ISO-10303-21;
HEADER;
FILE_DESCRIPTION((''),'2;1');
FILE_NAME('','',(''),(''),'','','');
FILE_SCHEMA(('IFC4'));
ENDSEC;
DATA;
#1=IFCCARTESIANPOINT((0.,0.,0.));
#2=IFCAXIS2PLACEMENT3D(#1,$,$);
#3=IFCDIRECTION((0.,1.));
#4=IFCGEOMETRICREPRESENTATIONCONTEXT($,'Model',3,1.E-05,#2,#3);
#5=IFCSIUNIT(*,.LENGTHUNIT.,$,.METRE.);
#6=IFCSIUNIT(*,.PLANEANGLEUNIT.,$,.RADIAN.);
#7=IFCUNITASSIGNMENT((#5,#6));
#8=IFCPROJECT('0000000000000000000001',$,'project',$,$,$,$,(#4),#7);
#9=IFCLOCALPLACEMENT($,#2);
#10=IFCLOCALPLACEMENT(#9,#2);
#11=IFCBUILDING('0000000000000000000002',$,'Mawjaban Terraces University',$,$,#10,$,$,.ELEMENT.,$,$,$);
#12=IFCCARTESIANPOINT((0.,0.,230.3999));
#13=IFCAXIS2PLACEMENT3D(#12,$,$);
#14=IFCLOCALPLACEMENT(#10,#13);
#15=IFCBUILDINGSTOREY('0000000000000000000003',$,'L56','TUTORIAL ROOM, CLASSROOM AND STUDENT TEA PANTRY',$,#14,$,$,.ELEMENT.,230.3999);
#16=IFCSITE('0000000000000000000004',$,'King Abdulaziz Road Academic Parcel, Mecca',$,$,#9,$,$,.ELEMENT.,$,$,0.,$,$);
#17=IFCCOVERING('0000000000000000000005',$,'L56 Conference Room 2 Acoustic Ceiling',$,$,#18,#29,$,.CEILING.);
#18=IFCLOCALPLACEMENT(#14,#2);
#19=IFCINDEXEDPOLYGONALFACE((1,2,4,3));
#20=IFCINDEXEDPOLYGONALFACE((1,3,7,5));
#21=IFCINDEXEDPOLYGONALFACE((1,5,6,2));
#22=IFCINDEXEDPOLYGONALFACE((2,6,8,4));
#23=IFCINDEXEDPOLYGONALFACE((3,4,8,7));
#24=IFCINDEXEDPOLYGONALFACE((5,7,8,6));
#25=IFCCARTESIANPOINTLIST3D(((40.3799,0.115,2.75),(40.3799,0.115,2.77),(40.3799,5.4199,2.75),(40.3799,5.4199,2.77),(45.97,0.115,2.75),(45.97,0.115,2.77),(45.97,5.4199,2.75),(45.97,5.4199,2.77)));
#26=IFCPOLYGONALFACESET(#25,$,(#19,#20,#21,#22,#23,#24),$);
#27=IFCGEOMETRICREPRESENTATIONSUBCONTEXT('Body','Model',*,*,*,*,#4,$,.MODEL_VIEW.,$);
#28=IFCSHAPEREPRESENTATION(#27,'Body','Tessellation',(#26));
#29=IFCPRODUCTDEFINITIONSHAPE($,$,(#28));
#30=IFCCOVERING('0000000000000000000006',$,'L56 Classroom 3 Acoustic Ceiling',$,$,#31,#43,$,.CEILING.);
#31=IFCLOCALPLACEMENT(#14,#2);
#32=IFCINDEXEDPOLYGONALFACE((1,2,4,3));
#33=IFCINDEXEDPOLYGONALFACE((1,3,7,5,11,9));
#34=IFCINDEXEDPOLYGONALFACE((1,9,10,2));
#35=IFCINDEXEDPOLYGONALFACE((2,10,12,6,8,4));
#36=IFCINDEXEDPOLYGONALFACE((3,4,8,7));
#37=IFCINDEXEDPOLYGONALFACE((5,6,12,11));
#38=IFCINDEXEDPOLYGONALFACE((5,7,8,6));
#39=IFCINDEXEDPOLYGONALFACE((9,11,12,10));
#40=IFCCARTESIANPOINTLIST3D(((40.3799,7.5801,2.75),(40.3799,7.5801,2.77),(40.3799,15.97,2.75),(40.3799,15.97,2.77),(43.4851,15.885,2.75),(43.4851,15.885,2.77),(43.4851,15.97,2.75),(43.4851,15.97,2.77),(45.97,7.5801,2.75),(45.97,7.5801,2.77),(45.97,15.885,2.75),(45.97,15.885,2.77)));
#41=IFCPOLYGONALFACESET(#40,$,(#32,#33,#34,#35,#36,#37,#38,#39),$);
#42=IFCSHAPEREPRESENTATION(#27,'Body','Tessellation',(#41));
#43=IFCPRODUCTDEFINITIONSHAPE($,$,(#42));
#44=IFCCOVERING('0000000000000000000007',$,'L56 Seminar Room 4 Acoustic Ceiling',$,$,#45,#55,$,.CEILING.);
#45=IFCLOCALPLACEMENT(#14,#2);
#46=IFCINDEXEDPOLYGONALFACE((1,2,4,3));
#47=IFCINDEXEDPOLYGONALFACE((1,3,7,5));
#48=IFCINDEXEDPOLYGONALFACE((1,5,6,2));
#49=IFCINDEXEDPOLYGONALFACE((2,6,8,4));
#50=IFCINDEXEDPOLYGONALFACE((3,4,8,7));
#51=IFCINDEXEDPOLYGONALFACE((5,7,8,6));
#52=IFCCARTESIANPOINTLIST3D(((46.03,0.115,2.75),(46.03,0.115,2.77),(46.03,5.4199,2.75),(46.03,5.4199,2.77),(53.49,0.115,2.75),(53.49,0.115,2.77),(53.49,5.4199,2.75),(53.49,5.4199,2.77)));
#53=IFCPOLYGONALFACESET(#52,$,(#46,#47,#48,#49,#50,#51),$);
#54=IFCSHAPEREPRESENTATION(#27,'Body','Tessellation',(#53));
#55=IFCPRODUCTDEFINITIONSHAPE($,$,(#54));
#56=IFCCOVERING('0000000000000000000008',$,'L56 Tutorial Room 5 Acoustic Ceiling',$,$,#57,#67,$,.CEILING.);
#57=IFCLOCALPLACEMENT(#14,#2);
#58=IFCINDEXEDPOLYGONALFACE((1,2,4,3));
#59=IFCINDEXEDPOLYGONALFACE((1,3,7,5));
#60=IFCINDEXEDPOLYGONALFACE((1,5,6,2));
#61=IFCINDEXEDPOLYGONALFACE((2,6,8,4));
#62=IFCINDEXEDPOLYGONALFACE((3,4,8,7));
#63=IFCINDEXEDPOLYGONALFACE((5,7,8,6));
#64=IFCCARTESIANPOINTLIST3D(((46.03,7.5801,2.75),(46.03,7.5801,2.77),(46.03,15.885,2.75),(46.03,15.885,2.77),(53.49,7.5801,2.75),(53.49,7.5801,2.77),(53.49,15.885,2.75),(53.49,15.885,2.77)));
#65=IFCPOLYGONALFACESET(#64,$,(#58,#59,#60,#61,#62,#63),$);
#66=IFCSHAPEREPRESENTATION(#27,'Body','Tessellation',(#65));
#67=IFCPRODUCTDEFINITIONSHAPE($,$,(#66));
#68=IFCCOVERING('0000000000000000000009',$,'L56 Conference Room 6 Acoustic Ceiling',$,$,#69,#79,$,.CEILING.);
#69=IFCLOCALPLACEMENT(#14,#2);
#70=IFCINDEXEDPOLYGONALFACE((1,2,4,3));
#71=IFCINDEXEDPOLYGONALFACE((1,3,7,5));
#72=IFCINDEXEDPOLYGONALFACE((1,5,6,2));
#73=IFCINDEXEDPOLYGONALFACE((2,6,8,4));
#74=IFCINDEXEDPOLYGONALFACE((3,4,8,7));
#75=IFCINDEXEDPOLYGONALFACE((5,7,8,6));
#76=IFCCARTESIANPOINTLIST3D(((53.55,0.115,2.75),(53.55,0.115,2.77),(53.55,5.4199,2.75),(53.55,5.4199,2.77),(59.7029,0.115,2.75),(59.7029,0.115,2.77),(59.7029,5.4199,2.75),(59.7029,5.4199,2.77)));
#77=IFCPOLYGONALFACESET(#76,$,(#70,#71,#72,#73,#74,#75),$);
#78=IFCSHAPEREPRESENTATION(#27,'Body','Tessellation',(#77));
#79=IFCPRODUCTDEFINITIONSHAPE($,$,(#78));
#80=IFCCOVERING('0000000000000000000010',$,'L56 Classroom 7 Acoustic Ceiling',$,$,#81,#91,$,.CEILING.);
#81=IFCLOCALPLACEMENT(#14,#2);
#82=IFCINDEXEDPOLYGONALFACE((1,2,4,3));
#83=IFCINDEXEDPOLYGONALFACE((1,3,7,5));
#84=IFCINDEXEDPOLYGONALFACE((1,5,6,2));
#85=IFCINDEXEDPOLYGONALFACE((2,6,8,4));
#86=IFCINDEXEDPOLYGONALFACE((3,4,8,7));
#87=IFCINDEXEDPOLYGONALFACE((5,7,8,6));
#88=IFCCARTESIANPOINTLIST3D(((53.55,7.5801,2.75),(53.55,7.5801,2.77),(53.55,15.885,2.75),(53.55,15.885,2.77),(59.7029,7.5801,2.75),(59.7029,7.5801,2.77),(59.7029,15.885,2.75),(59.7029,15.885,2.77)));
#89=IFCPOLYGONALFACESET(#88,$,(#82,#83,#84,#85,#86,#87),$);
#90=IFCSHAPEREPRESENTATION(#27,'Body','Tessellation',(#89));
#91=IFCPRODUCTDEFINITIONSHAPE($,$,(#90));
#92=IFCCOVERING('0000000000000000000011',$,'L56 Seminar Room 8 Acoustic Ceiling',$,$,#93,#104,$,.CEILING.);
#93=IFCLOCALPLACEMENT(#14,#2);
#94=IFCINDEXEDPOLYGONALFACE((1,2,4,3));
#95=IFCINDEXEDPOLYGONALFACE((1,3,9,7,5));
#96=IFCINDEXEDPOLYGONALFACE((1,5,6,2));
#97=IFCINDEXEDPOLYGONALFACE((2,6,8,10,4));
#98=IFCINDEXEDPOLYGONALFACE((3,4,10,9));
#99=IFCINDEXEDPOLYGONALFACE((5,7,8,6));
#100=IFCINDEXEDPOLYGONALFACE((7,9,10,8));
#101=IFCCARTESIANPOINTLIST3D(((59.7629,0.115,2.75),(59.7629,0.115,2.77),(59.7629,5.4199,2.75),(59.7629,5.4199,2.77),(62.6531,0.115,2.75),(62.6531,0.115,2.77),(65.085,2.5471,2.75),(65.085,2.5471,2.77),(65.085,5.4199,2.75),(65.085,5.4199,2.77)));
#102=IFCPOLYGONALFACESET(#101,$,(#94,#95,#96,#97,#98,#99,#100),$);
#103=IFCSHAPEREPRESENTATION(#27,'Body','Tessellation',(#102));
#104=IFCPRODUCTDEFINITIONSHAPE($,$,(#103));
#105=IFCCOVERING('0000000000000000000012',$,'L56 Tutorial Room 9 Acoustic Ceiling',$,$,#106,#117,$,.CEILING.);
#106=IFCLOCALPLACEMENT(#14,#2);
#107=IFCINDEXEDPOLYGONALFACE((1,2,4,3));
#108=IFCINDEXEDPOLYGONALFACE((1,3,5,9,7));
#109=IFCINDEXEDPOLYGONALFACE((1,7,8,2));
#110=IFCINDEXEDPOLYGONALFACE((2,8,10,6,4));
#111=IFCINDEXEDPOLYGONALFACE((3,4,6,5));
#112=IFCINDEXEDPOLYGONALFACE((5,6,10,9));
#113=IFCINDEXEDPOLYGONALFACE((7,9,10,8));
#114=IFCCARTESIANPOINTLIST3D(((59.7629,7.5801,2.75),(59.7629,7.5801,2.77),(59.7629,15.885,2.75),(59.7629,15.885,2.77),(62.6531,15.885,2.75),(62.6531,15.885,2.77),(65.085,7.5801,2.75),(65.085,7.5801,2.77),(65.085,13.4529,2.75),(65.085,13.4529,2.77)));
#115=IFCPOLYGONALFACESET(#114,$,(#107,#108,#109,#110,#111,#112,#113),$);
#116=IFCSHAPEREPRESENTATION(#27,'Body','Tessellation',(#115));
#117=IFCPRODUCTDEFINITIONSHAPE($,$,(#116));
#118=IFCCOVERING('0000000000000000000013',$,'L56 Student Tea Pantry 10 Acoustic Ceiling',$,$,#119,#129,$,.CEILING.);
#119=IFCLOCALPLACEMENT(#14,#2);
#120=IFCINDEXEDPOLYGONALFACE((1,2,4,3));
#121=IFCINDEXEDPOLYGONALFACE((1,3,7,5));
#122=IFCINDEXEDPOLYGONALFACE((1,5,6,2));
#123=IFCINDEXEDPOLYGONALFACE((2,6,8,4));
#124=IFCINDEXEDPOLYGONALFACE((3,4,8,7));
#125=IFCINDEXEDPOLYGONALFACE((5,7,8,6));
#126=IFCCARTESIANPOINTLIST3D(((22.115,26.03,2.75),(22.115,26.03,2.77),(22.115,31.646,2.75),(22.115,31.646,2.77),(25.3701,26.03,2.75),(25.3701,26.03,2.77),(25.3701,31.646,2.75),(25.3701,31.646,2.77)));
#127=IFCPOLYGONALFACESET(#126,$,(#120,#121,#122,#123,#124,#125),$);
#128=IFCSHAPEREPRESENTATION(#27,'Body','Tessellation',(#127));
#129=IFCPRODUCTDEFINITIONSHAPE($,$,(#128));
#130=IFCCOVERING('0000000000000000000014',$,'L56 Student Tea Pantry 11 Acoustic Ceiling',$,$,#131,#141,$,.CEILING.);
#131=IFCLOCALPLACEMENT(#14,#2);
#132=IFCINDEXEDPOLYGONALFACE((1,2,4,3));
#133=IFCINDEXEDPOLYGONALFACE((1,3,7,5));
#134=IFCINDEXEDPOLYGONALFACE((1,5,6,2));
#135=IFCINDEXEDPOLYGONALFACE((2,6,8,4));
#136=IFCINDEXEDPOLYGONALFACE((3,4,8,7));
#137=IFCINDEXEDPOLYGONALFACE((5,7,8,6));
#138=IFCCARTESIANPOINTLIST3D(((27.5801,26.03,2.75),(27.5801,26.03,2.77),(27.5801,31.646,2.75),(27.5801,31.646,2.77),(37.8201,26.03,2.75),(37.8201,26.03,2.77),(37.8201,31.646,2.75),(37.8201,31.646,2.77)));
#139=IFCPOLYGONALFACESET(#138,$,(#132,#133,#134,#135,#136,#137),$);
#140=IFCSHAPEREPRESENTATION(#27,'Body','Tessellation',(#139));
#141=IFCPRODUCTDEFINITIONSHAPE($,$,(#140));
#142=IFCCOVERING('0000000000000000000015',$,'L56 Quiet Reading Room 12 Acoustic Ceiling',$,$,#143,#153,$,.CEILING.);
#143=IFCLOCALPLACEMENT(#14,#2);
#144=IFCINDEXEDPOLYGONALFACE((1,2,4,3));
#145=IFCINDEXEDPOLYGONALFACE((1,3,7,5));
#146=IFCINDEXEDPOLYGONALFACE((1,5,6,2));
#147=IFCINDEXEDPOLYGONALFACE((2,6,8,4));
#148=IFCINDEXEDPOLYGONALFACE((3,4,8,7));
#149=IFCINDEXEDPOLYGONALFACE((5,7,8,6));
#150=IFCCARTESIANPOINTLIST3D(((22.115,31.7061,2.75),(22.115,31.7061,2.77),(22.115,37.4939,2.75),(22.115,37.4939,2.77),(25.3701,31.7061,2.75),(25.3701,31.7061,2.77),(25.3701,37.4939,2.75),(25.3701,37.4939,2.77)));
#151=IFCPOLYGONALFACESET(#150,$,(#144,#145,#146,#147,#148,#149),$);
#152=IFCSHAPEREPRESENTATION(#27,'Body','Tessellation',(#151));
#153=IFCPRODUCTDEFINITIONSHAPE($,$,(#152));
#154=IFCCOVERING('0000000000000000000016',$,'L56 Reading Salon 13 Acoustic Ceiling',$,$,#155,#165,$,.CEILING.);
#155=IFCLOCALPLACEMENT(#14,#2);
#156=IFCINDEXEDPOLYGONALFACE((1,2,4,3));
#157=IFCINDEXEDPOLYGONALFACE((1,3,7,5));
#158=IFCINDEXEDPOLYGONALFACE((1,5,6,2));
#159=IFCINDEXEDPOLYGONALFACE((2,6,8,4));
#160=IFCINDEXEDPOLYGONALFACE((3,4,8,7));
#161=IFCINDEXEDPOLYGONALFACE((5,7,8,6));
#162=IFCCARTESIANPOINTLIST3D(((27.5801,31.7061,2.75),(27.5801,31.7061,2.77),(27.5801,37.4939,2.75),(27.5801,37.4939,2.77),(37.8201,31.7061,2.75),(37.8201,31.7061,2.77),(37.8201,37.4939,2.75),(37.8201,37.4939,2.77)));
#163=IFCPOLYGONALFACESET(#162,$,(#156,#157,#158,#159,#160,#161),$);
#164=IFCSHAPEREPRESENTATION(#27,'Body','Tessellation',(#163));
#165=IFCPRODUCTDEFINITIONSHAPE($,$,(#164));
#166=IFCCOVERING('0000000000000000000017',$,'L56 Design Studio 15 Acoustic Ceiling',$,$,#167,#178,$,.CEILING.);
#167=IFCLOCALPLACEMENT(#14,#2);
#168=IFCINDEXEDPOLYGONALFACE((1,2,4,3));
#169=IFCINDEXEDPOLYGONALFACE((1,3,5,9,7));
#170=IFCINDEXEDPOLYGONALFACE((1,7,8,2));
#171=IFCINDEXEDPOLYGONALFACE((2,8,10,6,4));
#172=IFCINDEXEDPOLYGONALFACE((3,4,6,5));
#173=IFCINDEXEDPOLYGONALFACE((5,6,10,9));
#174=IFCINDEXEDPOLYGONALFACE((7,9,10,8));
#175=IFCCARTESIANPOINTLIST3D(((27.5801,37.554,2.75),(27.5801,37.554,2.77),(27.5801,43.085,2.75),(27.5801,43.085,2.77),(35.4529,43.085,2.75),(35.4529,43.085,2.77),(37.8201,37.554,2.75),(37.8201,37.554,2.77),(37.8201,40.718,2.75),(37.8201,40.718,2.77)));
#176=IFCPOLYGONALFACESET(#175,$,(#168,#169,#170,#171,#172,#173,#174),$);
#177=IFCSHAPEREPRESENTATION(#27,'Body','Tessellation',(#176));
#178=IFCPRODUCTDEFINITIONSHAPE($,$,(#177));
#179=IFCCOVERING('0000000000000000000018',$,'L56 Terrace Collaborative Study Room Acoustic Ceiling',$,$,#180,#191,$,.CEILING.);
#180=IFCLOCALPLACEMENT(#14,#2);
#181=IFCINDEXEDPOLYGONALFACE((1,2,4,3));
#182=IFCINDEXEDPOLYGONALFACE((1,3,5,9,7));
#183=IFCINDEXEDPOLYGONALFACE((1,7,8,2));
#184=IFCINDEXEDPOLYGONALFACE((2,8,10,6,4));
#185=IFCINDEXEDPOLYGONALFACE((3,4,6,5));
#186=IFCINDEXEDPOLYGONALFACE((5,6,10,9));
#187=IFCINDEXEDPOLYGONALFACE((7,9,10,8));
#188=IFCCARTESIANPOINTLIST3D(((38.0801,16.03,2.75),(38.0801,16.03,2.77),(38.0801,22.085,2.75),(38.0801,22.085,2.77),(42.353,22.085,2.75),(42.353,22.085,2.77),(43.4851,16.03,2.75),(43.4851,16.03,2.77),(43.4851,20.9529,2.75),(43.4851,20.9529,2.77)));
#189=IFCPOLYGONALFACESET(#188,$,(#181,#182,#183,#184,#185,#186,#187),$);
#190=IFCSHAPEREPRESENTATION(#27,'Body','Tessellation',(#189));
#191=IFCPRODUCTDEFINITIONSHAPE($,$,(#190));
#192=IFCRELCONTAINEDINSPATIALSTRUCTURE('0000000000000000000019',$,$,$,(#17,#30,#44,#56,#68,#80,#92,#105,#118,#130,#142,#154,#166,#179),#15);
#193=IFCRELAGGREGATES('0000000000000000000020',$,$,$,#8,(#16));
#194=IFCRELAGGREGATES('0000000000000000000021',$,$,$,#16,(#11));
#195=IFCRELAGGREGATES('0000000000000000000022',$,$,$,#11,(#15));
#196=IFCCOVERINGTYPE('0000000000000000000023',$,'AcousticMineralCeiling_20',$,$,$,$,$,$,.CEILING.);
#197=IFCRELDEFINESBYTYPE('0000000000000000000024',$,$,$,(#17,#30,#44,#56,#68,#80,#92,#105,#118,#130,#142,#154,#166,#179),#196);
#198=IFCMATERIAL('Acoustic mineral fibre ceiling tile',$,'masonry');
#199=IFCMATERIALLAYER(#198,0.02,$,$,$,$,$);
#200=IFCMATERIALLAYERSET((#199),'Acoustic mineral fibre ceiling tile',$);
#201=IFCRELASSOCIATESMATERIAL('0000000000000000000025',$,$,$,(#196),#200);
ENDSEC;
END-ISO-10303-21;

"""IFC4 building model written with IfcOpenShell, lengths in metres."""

from ifc_helpers import new_model, si_unit, direction, frame, origin, place, context, subcontext, project, spatial, polyline, outline, extrude, material, layer, layer_set, type_object, element, save


model = new_model("IFC4")

# Units and contexts
model_context = context("Model", 3, precision=1e-05, world=origin(), true_north=direction((0.0, 1.0)))
body_context = subcontext(model_context, "Body", "Model", "MODEL_VIEW")
ifc_project = project(units=[si_unit("LENGTHUNIT", "METRE"), si_unit("PLANEANGLEUNIT", "RADIAN")], contexts=[model_context])

# Site, building, storey
site_placement = place(None, origin())
site = spatial("IfcSite", under=ifc_project, at=site_placement, Name="King Abdulaziz Road Academic Parcel, Mecca", CompositionType="ELEMENT", RefElevation=0.0)
building_placement = place(site_placement, origin())
building = spatial("IfcBuilding", under=site, at=building_placement, Name="Mawjaban Terraces University", CompositionType="ELEMENT")
storey_placement = place(building_placement, frame((0.0, 0.0, 230.3999)))
storey = spatial("IfcBuildingStorey", under=building, at=storey_placement, Name="L56", Description="TUTORIAL ROOM, CLASSROOM AND STUDENT TEA PANTRY", CompositionType="ELEMENT", Elevation=230.3999)

# Coverings
ifc_material_1 = material(Name="Acoustic mineral fibre ceiling tile", Category="masonry")
ifc_layer_1 = layer(ifc_material_1, 0.02)
ifc_layer_set_1 = layer_set([ifc_layer_1], Name="Acoustic mineral fibre ceiling tile")
covering_type_1 = type_object("IfcCoveringType", Name="AcousticMineralCeiling_20", PredefinedType="CEILING", material=ifc_layer_set_1)
covering_1_placement = place(storey_placement, frame((0.0, 0.0, 2.75)))
element("IfcCovering", 1, at=covering_1_placement, inside=storey, type_object=covering_type_1, Name="L56 Conference Room 2 Acoustic Ceiling", PredefinedType="CEILING", context=body_context, shape_type="SweptSolid", body=[
    extrude(outline(polyline([(40.3799, 0.115), (45.97, 0.115), (45.97, 5.4199), (40.3799, 5.4199), (40.3799, 0.115)])), origin(), (0.0, 0.0, 1.0), 0.02),
])
covering_2_placement = place(storey_placement, frame((0.0, 0.0, 2.75)))
element("IfcCovering", 2, at=covering_2_placement, inside=storey, type_object=covering_type_1, Name="L56 Classroom 3 Acoustic Ceiling", PredefinedType="CEILING", context=body_context, shape_type="SweptSolid", body=[
    extrude(outline(polyline([(45.97, 15.885), (43.4851, 15.885), (43.4851, 15.97), (40.3799, 15.97), (40.3799, 7.5801), (45.97, 7.5801), (45.97, 15.885)])), origin(), (0.0, 0.0, 1.0), 0.02),
])
covering_3_placement = place(storey_placement, frame((0.0, 0.0, 2.75)))
element("IfcCovering", 3, at=covering_3_placement, inside=storey, type_object=covering_type_1, Name="L56 Seminar Room 4 Acoustic Ceiling", PredefinedType="CEILING", context=body_context, shape_type="SweptSolid", body=[
    extrude(outline(polyline([(46.03, 0.115), (53.49, 0.115), (53.49, 5.4199), (46.03, 5.4199), (46.03, 0.115)])), origin(), (0.0, 0.0, 1.0), 0.02),
])
covering_4_placement = place(storey_placement, frame((0.0, 0.0, 2.75)))
element("IfcCovering", 4, at=covering_4_placement, inside=storey, type_object=covering_type_1, Name="L56 Tutorial Room 5 Acoustic Ceiling", PredefinedType="CEILING", context=body_context, shape_type="SweptSolid", body=[
    extrude(outline(polyline([(53.49, 15.885), (46.03, 15.885), (46.03, 7.5801), (53.49, 7.5801), (53.49, 15.885)])), origin(), (0.0, 0.0, 1.0), 0.02),
])
covering_5_placement = place(storey_placement, frame((0.0, 0.0, 2.75)))
element("IfcCovering", 5, at=covering_5_placement, inside=storey, type_object=covering_type_1, Name="L56 Conference Room 6 Acoustic Ceiling", PredefinedType="CEILING", context=body_context, shape_type="SweptSolid", body=[
    extrude(outline(polyline([(53.55, 0.115), (59.7029, 0.115), (59.7029, 5.4199), (53.55, 5.4199), (53.55, 0.115)])), origin(), (0.0, 0.0, 1.0), 0.02),
])
covering_6_placement = place(storey_placement, frame((0.0, 0.0, 2.75)))
element("IfcCovering", 6, at=covering_6_placement, inside=storey, type_object=covering_type_1, Name="L56 Classroom 7 Acoustic Ceiling", PredefinedType="CEILING", context=body_context, shape_type="SweptSolid", body=[
    extrude(outline(polyline([(59.7029, 15.885), (53.55, 15.885), (53.55, 7.5801), (59.7029, 7.5801), (59.7029, 15.885)])), origin(), (0.0, 0.0, 1.0), 0.02),
])
covering_7_placement = place(storey_placement, frame((0.0, 0.0, 2.75)))
element("IfcCovering", 7, at=covering_7_placement, inside=storey, type_object=covering_type_1, Name="L56 Seminar Room 8 Acoustic Ceiling", PredefinedType="CEILING", context=body_context, shape_type="SweptSolid", body=[
    extrude(outline(polyline([(59.7629, 0.115), (62.6531, 0.115), (65.085, 2.5471), (65.085, 5.4199), (59.7629, 5.4199), (59.7629, 0.115)])), origin(), (0.0, 0.0, 1.0), 0.02),
])
covering_8_placement = place(storey_placement, frame((0.0, 0.0, 2.75)))
element("IfcCovering", 8, at=covering_8_placement, inside=storey, type_object=covering_type_1, Name="L56 Tutorial Room 9 Acoustic Ceiling", PredefinedType="CEILING", context=body_context, shape_type="SweptSolid", body=[
    extrude(outline(polyline([(65.085, 7.5801), (65.085, 13.4529), (62.6531, 15.885), (59.7629, 15.885), (59.7629, 7.5801), (65.085, 7.5801)])), origin(), (0.0, 0.0, 1.0), 0.02),
])
covering_9_placement = place(storey_placement, frame((0.0, 0.0, 2.75)))
element("IfcCovering", 9, at=covering_9_placement, inside=storey, type_object=covering_type_1, Name="L56 Student Tea Pantry 10 Acoustic Ceiling", PredefinedType="CEILING", context=body_context, shape_type="SweptSolid", body=[
    extrude(outline(polyline([(22.115, 31.646), (22.115, 26.03), (25.3701, 26.03), (25.3701, 31.646), (22.115, 31.646)])), origin(), (0.0, 0.0, 1.0), 0.02),
])
covering_10_placement = place(storey_placement, frame((0.0, 0.0, 2.75)))
element("IfcCovering", 10, at=covering_10_placement, inside=storey, type_object=covering_type_1, Name="L56 Student Tea Pantry 11 Acoustic Ceiling", PredefinedType="CEILING", context=body_context, shape_type="SweptSolid", body=[
    extrude(outline(polyline([(37.8201, 26.03), (37.8201, 31.646), (27.5801, 31.646), (27.5801, 26.03), (37.8201, 26.03)])), origin(), (0.0, 0.0, 1.0), 0.02),
])
covering_11_placement = place(storey_placement, frame((0.0, 0.0, 2.75)))
element("IfcCovering", 11, at=covering_11_placement, inside=storey, type_object=covering_type_1, Name="L56 Quiet Reading Room 12 Acoustic Ceiling", PredefinedType="CEILING", context=body_context, shape_type="SweptSolid", body=[
    extrude(outline(polyline([(22.115, 37.4939), (22.115, 31.7061), (25.3701, 31.7061), (25.3701, 37.4939), (22.115, 37.4939)])), origin(), (0.0, 0.0, 1.0), 0.02),
])
covering_12_placement = place(storey_placement, frame((0.0, 0.0, 2.75)))
element("IfcCovering", 12, at=covering_12_placement, inside=storey, type_object=covering_type_1, Name="L56 Reading Salon 13 Acoustic Ceiling", PredefinedType="CEILING", context=body_context, shape_type="SweptSolid", body=[
    extrude(outline(polyline([(37.8201, 31.7061), (37.8201, 37.4939), (27.5801, 37.4939), (27.5801, 31.7061), (37.8201, 31.7061)])), origin(), (0.0, 0.0, 1.0), 0.02),
])
covering_13_placement = place(storey_placement, frame((0.0, 0.0, 2.75)))
element("IfcCovering", 13, at=covering_13_placement, inside=storey, type_object=covering_type_1, Name="L56 Design Studio 15 Acoustic Ceiling", PredefinedType="CEILING", context=body_context, shape_type="SweptSolid", body=[
    extrude(outline(polyline([(37.8201, 40.718), (35.4529, 43.085), (27.5801, 43.085), (27.5801, 37.554), (37.8201, 37.554), (37.8201, 40.718)])), origin(), (0.0, 0.0, 1.0), 0.02),
])
covering_14_placement = place(storey_placement, frame((0.0, 0.0, 2.75)))
element("IfcCovering", 14, at=covering_14_placement, inside=storey, type_object=covering_type_1, Name="L56 Terrace Collaborative Study Room Acoustic Ceiling", PredefinedType="CEILING", context=body_context, shape_type="SweptSolid", body=[
    extrude(outline(polyline([(43.4851, 16.03), (43.4851, 20.9529), (42.353, 22.085), (38.0801, 22.085), (38.0801, 16.03), (43.4851, 16.03)])), origin(), (0.0, 0.0, 1.0), 0.02),
])

save(model, "model.ifc")
